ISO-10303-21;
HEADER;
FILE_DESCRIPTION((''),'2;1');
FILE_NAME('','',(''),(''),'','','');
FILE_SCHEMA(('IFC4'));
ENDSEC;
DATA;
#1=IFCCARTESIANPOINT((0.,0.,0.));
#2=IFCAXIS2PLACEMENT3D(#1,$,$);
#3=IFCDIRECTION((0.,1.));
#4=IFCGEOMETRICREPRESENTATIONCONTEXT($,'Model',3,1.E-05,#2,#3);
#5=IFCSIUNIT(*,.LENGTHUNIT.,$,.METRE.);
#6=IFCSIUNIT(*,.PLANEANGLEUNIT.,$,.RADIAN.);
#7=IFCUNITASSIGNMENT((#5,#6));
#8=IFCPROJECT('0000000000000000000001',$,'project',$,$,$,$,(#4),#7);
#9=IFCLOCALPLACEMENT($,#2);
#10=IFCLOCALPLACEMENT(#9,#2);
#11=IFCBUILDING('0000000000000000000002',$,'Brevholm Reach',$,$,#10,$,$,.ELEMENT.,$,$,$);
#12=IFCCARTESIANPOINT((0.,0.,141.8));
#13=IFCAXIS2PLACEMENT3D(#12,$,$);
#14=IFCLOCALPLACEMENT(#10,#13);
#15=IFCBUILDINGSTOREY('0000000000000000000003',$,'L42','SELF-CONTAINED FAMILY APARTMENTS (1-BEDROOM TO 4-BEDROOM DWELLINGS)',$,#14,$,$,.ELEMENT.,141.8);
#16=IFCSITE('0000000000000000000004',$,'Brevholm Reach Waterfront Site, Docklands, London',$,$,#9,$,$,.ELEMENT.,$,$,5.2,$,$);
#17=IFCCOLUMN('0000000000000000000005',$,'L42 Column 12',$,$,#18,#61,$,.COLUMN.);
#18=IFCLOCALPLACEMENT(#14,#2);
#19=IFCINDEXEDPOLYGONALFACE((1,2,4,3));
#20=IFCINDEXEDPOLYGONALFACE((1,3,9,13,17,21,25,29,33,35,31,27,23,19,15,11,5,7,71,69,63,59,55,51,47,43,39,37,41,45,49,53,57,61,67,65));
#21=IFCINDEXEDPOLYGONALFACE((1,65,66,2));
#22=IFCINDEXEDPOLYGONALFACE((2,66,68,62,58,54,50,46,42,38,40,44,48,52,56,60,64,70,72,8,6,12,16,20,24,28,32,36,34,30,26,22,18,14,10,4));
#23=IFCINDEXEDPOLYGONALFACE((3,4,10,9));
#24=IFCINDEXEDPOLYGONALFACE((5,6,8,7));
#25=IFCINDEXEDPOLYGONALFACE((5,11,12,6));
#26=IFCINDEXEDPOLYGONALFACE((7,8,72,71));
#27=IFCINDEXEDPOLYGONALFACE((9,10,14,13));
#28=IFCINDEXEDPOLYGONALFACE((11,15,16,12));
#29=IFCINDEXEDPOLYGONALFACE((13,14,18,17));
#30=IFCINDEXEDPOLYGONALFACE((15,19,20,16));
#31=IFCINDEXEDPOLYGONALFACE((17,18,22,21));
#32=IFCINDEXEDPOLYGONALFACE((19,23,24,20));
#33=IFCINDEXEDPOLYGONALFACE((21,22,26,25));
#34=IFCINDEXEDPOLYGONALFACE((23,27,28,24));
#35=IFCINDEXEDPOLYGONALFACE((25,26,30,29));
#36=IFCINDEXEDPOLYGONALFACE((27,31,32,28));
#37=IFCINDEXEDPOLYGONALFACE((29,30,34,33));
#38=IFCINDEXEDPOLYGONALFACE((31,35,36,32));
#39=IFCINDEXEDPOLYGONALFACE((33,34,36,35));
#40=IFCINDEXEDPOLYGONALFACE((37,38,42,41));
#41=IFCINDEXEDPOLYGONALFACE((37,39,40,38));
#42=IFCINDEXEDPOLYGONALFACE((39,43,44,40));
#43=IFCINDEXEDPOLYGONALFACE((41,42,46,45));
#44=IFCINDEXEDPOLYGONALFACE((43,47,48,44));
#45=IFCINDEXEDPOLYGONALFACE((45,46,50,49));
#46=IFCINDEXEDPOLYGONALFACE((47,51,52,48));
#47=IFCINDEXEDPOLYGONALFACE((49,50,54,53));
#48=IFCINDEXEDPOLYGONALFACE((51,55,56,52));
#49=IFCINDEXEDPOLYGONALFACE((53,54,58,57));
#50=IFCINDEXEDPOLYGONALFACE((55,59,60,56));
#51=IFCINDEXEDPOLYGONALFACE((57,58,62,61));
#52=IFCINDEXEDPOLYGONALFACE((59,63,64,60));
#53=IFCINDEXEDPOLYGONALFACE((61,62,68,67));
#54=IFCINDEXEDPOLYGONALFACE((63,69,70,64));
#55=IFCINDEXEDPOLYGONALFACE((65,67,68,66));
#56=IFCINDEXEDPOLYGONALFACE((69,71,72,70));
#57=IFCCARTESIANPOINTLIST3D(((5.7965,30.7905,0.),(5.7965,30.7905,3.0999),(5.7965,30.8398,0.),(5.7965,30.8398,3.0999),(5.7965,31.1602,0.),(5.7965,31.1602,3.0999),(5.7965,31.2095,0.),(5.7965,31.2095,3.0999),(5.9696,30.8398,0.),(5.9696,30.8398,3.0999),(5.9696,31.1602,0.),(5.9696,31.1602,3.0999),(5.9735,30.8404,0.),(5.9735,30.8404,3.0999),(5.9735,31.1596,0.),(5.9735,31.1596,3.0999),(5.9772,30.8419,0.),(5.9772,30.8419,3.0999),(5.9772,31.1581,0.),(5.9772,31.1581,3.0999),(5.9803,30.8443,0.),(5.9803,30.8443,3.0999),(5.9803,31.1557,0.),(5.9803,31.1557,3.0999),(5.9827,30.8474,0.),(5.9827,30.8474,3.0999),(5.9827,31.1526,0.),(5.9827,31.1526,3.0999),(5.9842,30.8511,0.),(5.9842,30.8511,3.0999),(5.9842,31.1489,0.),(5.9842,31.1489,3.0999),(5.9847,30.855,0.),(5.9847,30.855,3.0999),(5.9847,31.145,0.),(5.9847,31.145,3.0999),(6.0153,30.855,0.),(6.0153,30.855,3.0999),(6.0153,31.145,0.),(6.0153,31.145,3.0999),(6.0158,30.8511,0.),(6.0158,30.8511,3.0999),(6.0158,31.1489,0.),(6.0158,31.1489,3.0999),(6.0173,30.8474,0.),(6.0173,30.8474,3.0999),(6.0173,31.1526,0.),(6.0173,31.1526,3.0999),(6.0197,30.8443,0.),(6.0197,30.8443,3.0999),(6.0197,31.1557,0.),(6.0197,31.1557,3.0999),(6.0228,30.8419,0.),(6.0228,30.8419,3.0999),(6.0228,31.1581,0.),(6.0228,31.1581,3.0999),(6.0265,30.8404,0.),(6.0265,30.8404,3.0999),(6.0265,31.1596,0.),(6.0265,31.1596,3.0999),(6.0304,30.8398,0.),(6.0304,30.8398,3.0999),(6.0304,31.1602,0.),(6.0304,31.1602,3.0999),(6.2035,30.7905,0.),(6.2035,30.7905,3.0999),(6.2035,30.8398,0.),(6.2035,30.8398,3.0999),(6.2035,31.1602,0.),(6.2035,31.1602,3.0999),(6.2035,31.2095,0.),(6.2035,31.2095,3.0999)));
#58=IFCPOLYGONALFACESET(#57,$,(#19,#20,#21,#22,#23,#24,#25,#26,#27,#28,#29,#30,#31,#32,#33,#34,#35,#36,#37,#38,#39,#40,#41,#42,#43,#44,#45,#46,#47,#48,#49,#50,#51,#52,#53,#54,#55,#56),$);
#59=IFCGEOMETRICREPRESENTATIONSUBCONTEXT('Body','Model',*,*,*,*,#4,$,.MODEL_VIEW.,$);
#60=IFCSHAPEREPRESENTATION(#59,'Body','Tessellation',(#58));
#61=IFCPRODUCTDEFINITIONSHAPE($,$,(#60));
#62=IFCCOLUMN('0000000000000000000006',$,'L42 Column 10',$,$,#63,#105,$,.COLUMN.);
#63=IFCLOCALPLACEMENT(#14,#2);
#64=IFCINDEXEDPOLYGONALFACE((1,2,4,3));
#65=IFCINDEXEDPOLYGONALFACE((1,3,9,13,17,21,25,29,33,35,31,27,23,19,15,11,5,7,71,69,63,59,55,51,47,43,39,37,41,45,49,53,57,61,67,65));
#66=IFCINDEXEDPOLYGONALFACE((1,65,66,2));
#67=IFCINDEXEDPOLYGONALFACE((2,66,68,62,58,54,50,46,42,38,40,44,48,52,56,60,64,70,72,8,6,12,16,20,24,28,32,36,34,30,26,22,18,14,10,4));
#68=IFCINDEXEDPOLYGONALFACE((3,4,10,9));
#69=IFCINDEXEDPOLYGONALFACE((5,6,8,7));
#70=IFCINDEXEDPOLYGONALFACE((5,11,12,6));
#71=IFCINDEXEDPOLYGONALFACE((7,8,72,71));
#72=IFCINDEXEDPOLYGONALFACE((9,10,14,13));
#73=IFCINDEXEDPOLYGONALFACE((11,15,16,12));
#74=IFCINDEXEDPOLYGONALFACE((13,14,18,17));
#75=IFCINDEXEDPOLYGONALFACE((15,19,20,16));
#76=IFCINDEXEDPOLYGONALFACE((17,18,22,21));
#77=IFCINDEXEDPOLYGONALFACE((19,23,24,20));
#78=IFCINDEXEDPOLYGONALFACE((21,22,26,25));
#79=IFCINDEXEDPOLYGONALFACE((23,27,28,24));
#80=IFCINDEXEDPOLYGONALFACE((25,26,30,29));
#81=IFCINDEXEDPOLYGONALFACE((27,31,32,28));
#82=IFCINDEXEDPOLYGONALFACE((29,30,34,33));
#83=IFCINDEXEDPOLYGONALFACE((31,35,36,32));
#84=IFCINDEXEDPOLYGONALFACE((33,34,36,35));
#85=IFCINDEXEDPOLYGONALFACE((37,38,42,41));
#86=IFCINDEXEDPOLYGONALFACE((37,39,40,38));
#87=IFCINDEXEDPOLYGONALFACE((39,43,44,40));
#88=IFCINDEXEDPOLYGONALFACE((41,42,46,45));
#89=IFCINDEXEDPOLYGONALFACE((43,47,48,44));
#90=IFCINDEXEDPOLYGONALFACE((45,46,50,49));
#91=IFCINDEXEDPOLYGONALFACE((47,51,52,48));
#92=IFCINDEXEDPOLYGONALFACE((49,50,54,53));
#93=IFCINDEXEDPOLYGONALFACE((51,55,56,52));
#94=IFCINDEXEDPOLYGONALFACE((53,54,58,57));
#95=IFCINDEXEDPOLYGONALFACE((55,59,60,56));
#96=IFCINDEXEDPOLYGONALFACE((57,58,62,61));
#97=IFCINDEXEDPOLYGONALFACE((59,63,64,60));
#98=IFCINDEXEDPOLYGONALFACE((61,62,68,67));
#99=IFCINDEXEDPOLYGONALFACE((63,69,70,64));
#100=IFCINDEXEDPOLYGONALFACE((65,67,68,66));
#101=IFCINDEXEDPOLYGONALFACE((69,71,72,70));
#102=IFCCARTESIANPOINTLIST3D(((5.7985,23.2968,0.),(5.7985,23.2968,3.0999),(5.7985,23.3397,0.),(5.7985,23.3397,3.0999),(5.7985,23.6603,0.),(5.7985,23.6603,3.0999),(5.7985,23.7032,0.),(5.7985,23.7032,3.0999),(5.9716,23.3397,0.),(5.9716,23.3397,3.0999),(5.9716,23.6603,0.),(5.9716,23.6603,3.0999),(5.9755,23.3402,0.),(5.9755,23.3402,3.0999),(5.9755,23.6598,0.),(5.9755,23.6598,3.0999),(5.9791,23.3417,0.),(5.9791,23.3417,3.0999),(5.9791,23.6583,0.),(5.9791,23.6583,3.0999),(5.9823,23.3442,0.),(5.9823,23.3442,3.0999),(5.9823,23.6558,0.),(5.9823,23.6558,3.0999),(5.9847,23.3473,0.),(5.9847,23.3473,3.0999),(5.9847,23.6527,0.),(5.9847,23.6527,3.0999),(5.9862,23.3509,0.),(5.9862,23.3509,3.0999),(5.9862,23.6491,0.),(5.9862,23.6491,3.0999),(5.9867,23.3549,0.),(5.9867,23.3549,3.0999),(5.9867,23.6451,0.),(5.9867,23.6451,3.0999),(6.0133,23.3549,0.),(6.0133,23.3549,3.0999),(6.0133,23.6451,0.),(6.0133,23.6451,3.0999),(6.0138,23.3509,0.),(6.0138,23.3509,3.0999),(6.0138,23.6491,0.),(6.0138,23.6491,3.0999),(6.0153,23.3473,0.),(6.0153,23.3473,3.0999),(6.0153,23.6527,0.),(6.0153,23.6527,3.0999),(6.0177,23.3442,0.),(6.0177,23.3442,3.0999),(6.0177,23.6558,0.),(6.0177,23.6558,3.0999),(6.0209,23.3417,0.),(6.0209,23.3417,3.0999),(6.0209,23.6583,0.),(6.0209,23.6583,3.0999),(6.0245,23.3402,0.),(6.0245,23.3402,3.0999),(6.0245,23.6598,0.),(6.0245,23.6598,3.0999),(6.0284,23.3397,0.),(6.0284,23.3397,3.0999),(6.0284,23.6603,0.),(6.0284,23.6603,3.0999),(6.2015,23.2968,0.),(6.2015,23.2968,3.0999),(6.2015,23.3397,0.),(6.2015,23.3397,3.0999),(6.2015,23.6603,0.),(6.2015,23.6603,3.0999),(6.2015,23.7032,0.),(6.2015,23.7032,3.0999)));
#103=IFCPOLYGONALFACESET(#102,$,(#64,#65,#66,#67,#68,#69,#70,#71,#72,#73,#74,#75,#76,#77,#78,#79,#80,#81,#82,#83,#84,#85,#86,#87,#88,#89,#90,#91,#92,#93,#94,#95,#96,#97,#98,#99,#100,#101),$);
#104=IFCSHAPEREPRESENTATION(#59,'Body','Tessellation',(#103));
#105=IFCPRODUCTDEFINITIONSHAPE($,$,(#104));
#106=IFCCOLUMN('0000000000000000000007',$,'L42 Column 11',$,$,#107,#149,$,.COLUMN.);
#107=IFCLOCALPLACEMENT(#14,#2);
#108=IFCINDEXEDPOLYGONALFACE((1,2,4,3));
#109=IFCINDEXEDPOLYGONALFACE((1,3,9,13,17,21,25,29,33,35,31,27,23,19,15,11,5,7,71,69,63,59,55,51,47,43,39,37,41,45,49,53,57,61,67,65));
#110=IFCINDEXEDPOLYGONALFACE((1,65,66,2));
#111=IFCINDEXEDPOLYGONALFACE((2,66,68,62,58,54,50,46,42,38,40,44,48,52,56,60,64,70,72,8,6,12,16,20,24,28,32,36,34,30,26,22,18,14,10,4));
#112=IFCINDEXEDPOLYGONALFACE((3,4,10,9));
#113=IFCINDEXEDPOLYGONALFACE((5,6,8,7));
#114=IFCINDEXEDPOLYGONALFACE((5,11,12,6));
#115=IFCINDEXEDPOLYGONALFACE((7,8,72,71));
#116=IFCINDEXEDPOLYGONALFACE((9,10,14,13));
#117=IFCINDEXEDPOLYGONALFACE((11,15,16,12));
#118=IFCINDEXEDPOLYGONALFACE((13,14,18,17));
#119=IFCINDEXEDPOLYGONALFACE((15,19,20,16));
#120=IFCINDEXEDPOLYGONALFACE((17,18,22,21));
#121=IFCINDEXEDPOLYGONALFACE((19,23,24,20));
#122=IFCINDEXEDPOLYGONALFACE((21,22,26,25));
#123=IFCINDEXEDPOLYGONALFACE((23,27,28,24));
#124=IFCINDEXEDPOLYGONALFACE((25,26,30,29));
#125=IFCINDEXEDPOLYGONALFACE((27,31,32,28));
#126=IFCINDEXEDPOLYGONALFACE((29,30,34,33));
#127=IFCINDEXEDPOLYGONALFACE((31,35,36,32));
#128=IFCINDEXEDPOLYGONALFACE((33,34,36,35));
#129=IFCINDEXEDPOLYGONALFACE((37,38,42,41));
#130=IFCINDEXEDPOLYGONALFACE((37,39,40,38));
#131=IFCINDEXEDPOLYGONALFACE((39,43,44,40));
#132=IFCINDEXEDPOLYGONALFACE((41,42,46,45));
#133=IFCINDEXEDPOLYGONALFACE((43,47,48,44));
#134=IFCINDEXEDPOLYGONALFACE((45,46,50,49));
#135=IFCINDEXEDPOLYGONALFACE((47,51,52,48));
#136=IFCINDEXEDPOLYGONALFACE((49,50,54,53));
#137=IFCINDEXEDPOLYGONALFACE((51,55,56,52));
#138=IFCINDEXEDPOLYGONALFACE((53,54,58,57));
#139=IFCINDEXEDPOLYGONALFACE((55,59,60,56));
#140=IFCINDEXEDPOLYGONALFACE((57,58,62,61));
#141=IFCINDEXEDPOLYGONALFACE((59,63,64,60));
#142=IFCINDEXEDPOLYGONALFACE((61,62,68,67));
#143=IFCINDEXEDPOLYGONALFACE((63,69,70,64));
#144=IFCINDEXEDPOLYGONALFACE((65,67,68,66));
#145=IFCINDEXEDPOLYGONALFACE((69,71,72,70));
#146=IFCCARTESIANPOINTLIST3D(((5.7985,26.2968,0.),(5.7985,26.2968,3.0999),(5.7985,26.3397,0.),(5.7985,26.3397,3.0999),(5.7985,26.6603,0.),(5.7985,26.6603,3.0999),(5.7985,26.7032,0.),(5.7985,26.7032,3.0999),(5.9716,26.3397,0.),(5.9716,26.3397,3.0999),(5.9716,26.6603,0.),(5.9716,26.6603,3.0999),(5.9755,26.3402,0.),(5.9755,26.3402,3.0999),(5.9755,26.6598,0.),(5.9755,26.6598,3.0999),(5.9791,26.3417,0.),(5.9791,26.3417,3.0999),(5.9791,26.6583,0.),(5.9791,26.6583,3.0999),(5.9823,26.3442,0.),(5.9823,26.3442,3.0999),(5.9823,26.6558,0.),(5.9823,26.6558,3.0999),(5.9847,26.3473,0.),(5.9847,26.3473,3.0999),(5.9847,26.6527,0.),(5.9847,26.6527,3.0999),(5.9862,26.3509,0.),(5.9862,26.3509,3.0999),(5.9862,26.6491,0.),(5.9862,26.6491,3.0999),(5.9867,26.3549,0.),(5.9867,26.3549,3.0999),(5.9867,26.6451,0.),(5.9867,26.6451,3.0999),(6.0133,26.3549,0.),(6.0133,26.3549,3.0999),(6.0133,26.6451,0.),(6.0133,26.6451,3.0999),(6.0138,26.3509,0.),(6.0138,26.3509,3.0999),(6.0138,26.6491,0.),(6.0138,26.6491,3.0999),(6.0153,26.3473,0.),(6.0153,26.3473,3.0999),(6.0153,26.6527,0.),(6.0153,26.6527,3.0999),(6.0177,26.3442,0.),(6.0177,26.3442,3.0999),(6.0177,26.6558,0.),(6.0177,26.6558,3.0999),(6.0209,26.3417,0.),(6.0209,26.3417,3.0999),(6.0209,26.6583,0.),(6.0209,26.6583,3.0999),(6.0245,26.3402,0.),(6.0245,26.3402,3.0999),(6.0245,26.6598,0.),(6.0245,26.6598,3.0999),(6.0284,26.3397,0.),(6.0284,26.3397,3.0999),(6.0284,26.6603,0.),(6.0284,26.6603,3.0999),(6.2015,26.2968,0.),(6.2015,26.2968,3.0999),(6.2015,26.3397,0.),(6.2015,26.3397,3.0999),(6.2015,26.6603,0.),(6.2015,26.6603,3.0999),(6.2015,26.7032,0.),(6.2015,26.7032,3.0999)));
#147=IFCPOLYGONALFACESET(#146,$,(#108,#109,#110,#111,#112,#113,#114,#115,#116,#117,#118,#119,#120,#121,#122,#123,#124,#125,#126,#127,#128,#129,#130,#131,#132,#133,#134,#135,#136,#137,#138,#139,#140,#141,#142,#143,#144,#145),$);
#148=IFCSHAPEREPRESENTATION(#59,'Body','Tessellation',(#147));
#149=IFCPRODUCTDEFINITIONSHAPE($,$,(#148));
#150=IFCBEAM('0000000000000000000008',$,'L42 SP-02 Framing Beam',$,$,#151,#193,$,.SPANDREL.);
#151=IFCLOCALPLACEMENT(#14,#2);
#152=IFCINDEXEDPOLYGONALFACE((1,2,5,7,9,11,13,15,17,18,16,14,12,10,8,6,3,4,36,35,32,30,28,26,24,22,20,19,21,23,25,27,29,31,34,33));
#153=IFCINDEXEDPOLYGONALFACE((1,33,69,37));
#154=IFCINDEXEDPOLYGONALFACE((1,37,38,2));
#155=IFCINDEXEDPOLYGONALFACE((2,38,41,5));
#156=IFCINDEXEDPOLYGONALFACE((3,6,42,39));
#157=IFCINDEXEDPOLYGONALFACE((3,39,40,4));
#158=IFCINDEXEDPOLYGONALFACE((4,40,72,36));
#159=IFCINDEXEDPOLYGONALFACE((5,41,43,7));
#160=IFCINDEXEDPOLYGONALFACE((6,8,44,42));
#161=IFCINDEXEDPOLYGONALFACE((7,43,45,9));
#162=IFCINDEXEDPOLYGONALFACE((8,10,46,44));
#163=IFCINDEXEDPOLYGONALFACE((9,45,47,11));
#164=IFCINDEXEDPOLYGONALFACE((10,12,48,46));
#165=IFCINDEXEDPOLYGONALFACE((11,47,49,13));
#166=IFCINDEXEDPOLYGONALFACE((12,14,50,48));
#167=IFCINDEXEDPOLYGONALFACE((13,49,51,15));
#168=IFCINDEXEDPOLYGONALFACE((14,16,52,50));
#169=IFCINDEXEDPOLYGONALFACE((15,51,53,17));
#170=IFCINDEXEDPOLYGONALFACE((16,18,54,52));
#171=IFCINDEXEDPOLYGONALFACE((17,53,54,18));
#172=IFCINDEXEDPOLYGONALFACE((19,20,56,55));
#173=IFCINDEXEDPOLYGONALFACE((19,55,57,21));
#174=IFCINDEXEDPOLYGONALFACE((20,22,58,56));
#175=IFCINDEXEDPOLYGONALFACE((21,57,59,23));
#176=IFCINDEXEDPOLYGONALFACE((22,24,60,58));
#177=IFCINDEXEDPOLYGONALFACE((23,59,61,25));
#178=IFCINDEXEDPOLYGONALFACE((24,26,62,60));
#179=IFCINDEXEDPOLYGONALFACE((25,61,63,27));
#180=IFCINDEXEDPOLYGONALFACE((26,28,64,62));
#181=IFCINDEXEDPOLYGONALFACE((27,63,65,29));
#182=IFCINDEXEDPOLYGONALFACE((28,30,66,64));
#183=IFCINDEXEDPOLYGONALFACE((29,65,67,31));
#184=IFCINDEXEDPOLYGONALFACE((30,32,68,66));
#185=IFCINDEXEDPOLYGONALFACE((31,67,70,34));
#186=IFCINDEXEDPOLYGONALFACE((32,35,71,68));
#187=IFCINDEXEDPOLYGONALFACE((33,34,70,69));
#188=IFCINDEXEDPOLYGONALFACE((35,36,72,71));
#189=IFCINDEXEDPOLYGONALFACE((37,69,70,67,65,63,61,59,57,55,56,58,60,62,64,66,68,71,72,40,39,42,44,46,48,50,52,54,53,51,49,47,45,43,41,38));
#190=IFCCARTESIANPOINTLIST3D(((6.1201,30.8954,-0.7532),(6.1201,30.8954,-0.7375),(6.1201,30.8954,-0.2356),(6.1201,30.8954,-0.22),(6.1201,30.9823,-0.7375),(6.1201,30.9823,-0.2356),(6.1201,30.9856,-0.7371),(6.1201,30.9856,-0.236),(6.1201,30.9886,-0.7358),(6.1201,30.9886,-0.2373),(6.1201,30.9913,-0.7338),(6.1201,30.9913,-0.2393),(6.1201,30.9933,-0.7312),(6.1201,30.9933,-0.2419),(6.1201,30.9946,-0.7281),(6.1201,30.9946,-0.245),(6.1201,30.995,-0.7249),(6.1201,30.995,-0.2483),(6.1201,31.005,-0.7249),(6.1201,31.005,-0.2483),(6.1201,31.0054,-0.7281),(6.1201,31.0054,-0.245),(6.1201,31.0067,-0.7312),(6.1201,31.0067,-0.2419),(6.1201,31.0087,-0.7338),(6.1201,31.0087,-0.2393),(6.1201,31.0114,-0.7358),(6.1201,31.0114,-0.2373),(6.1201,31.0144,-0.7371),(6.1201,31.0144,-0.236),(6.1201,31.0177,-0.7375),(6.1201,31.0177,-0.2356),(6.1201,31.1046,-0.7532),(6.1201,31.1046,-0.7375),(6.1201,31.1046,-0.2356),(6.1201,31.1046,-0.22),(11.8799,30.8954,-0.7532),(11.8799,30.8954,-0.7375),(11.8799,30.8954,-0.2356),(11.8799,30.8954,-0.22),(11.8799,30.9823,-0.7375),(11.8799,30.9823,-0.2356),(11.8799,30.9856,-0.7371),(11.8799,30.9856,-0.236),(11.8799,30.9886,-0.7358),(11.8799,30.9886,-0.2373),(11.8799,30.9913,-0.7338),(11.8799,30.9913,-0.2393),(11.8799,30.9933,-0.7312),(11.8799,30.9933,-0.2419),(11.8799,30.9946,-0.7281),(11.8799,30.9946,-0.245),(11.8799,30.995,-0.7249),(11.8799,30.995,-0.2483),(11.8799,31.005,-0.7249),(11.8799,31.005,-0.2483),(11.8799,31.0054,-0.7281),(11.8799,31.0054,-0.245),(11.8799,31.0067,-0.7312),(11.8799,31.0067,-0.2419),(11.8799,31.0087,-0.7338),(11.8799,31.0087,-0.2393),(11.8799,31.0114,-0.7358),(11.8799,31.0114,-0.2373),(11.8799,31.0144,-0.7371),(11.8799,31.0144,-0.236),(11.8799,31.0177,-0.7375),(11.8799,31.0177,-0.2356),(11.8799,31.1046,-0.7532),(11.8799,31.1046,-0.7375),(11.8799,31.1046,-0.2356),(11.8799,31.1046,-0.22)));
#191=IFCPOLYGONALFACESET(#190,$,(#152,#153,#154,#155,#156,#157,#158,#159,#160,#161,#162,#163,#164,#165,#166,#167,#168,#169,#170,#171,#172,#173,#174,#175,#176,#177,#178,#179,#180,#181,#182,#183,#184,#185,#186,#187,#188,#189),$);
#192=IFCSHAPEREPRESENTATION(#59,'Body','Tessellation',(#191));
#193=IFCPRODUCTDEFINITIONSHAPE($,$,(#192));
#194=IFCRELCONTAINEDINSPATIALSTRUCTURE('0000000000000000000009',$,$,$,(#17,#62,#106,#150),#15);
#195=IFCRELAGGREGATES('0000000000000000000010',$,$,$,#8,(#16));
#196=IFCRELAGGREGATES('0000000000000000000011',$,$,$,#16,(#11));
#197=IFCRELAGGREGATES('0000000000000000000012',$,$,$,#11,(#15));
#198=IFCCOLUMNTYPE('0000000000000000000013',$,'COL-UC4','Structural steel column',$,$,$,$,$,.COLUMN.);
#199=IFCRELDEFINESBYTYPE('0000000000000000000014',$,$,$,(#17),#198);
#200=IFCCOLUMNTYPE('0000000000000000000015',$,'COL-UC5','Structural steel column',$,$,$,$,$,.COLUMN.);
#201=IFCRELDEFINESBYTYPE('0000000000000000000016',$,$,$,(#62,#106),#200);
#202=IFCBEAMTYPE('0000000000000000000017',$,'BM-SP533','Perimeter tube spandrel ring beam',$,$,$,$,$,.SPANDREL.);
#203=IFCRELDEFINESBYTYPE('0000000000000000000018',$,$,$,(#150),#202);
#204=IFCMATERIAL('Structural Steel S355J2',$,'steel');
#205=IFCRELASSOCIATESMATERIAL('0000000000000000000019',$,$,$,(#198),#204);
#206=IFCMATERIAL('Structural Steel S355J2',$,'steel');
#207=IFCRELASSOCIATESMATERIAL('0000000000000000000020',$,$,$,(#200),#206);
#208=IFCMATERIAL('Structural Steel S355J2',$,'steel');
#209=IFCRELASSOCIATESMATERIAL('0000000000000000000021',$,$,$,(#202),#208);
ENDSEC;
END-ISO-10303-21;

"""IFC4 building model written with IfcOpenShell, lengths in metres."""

from ifc_helpers import new_model, si_unit, direction, frame, origin, origin_2d, place, context, subcontext, project, spatial, i_section, extrude, material, material_profile, profile_set, type_object, element, save


model = new_model("IFC4")

# Units and contexts
model_context = context("Model", 3, precision=1e-05, world=origin(), true_north=direction((0.0, 1.0)))
body_context = subcontext(model_context, "Body", "Model", "MODEL_VIEW")
ifc_project = project(units=[si_unit("LENGTHUNIT", "METRE"), si_unit("PLANEANGLEUNIT", "RADIAN")], contexts=[model_context])

# Site, building, storey
site_placement = place(None, origin())
site = spatial("IfcSite", under=ifc_project, at=site_placement, Name="Brevholm Reach Waterfront Site, Docklands, London", CompositionType="ELEMENT", RefElevation=5.2)
building_placement = place(site_placement, origin())
building = spatial("IfcBuilding", under=site, at=building_placement, Name="Brevholm Reach", CompositionType="ELEMENT")
storey_placement = place(building_placement, frame((0.0, 0.0, 141.8)))
storey = spatial("IfcBuildingStorey", under=building, at=storey_placement, Name="L42", Description="SELF-CONTAINED FAMILY APARTMENTS (1-BEDROOM TO 4-BEDROOM DWELLINGS)", CompositionType="ELEMENT", Elevation=141.8)

# Columns
ifc_material_1 = material(Name="Structural Steel S355J2", Category="steel")
ifc_material_profile_1 = material_profile(ifc_material_1, i_section(OverallWidth=0.407, OverallDepth=0.4189, WebThickness=0.0305, FlangeThickness=0.0493, FilletRadius=0.0151, at=origin_2d()), Name="UKC 356x406x393")
ifc_profile_set_1 = profile_set([ifc_material_profile_1], Name="Structural Steel S355J2")
column_type_1 = type_object("IfcColumnType", Name="COL-UC4", Description="Structural steel column", PredefinedType="COLUMN", material=ifc_profile_set_1)
for number, where, z_axis, x_axis, name in (
    (1, (6.0, 31.0, 0.0), (0.0, 0.0, 1.0), (1.0, 0.0, 0.0), "L42 Column 12"),
):
    element("IfcColumn", number, at=place(storey_placement, frame(where, z_axis=z_axis, x_axis=x_axis)), inside=storey, type_object=column_type_1, Name=name, PredefinedType="COLUMN", context=body_context, shape_type="SweptSolid", body=[
        extrude(i_section(OverallWidth=0.407, OverallDepth=0.4189, WebThickness=0.0305, FlangeThickness=0.0493, FilletRadius=0.0151, at=origin_2d()), origin(), (0.0, 0.0, 1.0), 3.0999),
    ])
ifc_material_2 = material(Name="Structural Steel S355J2", Category="steel")
ifc_material_profile_2 = material_profile(ifc_material_2, i_section(OverallWidth=0.4031, OverallDepth=0.4065, WebThickness=0.0266, FlangeThickness=0.043, FilletRadius=0.0151, at=origin_2d()), Name="UKC 356x406x340")
ifc_profile_set_2 = profile_set([ifc_material_profile_2], Name="Structural Steel S355J2")
column_type_2 = type_object("IfcColumnType", Name="COL-UC5", Description="Structural steel column", PredefinedType="COLUMN", material=ifc_profile_set_2)
for number, where, z_axis, x_axis, name in (
    (2, (6.0, 23.5, 0.0), (0.0, 0.0, 1.0), (1.0, 0.0, 0.0), "L42 Column 10"),
    (3, (6.0, 26.5, 0.0), (0.0, 0.0, 1.0), (1.0, 0.0, 0.0), "L42 Column 11"),
):
    element("IfcColumn", number, at=place(storey_placement, frame(where, z_axis=z_axis, x_axis=x_axis)), inside=storey, type_object=column_type_2, Name=name, PredefinedType="COLUMN", context=body_context, shape_type="SweptSolid", body=[
        extrude(i_section(OverallWidth=0.4031, OverallDepth=0.4065, WebThickness=0.0266, FlangeThickness=0.043, FilletRadius=0.0151, at=origin_2d()), origin(), (0.0, 0.0, 1.0), 3.0999),
    ])

# Beam
ifc_material_3 = material(Name="Structural Steel S355J2", Category="steel")
ifc_material_profile_3 = material_profile(ifc_material_3, i_section(OverallWidth=0.2092, OverallDepth=0.5332, WebThickness=0.01, FlangeThickness=0.0156, FilletRadius=0.0127, at=origin_2d()), Name="UKB 533x210x92")
ifc_profile_set_3 = profile_set([ifc_material_profile_3], Name="Structural Steel S355J2")
beam_type_1 = type_object("IfcBeamType", Name="BM-SP533", Description="Perimeter tube spandrel ring beam", PredefinedType="SPANDREL", material=ifc_profile_set_3)
beam_1_placement = place(storey_placement, frame((6.1201, 31.0, -0.4866), z_axis=(1.0, 0.0, 0.0), x_axis=(0.0, 1.0, 0.0)))
element("IfcBeam", 4, at=beam_1_placement, inside=storey, type_object=beam_type_1, Name="L42 SP-02 Framing Beam", PredefinedType="SPANDREL", context=body_context, shape_type="SweptSolid", body=[
    extrude(i_section(OverallWidth=0.2092, OverallDepth=0.5332, WebThickness=0.01, FlangeThickness=0.0156, FilletRadius=0.0127, at=origin_2d()), origin(), (0.0, 0.0, 1.0), 5.7598),
])

save(model, "model.ifc")
